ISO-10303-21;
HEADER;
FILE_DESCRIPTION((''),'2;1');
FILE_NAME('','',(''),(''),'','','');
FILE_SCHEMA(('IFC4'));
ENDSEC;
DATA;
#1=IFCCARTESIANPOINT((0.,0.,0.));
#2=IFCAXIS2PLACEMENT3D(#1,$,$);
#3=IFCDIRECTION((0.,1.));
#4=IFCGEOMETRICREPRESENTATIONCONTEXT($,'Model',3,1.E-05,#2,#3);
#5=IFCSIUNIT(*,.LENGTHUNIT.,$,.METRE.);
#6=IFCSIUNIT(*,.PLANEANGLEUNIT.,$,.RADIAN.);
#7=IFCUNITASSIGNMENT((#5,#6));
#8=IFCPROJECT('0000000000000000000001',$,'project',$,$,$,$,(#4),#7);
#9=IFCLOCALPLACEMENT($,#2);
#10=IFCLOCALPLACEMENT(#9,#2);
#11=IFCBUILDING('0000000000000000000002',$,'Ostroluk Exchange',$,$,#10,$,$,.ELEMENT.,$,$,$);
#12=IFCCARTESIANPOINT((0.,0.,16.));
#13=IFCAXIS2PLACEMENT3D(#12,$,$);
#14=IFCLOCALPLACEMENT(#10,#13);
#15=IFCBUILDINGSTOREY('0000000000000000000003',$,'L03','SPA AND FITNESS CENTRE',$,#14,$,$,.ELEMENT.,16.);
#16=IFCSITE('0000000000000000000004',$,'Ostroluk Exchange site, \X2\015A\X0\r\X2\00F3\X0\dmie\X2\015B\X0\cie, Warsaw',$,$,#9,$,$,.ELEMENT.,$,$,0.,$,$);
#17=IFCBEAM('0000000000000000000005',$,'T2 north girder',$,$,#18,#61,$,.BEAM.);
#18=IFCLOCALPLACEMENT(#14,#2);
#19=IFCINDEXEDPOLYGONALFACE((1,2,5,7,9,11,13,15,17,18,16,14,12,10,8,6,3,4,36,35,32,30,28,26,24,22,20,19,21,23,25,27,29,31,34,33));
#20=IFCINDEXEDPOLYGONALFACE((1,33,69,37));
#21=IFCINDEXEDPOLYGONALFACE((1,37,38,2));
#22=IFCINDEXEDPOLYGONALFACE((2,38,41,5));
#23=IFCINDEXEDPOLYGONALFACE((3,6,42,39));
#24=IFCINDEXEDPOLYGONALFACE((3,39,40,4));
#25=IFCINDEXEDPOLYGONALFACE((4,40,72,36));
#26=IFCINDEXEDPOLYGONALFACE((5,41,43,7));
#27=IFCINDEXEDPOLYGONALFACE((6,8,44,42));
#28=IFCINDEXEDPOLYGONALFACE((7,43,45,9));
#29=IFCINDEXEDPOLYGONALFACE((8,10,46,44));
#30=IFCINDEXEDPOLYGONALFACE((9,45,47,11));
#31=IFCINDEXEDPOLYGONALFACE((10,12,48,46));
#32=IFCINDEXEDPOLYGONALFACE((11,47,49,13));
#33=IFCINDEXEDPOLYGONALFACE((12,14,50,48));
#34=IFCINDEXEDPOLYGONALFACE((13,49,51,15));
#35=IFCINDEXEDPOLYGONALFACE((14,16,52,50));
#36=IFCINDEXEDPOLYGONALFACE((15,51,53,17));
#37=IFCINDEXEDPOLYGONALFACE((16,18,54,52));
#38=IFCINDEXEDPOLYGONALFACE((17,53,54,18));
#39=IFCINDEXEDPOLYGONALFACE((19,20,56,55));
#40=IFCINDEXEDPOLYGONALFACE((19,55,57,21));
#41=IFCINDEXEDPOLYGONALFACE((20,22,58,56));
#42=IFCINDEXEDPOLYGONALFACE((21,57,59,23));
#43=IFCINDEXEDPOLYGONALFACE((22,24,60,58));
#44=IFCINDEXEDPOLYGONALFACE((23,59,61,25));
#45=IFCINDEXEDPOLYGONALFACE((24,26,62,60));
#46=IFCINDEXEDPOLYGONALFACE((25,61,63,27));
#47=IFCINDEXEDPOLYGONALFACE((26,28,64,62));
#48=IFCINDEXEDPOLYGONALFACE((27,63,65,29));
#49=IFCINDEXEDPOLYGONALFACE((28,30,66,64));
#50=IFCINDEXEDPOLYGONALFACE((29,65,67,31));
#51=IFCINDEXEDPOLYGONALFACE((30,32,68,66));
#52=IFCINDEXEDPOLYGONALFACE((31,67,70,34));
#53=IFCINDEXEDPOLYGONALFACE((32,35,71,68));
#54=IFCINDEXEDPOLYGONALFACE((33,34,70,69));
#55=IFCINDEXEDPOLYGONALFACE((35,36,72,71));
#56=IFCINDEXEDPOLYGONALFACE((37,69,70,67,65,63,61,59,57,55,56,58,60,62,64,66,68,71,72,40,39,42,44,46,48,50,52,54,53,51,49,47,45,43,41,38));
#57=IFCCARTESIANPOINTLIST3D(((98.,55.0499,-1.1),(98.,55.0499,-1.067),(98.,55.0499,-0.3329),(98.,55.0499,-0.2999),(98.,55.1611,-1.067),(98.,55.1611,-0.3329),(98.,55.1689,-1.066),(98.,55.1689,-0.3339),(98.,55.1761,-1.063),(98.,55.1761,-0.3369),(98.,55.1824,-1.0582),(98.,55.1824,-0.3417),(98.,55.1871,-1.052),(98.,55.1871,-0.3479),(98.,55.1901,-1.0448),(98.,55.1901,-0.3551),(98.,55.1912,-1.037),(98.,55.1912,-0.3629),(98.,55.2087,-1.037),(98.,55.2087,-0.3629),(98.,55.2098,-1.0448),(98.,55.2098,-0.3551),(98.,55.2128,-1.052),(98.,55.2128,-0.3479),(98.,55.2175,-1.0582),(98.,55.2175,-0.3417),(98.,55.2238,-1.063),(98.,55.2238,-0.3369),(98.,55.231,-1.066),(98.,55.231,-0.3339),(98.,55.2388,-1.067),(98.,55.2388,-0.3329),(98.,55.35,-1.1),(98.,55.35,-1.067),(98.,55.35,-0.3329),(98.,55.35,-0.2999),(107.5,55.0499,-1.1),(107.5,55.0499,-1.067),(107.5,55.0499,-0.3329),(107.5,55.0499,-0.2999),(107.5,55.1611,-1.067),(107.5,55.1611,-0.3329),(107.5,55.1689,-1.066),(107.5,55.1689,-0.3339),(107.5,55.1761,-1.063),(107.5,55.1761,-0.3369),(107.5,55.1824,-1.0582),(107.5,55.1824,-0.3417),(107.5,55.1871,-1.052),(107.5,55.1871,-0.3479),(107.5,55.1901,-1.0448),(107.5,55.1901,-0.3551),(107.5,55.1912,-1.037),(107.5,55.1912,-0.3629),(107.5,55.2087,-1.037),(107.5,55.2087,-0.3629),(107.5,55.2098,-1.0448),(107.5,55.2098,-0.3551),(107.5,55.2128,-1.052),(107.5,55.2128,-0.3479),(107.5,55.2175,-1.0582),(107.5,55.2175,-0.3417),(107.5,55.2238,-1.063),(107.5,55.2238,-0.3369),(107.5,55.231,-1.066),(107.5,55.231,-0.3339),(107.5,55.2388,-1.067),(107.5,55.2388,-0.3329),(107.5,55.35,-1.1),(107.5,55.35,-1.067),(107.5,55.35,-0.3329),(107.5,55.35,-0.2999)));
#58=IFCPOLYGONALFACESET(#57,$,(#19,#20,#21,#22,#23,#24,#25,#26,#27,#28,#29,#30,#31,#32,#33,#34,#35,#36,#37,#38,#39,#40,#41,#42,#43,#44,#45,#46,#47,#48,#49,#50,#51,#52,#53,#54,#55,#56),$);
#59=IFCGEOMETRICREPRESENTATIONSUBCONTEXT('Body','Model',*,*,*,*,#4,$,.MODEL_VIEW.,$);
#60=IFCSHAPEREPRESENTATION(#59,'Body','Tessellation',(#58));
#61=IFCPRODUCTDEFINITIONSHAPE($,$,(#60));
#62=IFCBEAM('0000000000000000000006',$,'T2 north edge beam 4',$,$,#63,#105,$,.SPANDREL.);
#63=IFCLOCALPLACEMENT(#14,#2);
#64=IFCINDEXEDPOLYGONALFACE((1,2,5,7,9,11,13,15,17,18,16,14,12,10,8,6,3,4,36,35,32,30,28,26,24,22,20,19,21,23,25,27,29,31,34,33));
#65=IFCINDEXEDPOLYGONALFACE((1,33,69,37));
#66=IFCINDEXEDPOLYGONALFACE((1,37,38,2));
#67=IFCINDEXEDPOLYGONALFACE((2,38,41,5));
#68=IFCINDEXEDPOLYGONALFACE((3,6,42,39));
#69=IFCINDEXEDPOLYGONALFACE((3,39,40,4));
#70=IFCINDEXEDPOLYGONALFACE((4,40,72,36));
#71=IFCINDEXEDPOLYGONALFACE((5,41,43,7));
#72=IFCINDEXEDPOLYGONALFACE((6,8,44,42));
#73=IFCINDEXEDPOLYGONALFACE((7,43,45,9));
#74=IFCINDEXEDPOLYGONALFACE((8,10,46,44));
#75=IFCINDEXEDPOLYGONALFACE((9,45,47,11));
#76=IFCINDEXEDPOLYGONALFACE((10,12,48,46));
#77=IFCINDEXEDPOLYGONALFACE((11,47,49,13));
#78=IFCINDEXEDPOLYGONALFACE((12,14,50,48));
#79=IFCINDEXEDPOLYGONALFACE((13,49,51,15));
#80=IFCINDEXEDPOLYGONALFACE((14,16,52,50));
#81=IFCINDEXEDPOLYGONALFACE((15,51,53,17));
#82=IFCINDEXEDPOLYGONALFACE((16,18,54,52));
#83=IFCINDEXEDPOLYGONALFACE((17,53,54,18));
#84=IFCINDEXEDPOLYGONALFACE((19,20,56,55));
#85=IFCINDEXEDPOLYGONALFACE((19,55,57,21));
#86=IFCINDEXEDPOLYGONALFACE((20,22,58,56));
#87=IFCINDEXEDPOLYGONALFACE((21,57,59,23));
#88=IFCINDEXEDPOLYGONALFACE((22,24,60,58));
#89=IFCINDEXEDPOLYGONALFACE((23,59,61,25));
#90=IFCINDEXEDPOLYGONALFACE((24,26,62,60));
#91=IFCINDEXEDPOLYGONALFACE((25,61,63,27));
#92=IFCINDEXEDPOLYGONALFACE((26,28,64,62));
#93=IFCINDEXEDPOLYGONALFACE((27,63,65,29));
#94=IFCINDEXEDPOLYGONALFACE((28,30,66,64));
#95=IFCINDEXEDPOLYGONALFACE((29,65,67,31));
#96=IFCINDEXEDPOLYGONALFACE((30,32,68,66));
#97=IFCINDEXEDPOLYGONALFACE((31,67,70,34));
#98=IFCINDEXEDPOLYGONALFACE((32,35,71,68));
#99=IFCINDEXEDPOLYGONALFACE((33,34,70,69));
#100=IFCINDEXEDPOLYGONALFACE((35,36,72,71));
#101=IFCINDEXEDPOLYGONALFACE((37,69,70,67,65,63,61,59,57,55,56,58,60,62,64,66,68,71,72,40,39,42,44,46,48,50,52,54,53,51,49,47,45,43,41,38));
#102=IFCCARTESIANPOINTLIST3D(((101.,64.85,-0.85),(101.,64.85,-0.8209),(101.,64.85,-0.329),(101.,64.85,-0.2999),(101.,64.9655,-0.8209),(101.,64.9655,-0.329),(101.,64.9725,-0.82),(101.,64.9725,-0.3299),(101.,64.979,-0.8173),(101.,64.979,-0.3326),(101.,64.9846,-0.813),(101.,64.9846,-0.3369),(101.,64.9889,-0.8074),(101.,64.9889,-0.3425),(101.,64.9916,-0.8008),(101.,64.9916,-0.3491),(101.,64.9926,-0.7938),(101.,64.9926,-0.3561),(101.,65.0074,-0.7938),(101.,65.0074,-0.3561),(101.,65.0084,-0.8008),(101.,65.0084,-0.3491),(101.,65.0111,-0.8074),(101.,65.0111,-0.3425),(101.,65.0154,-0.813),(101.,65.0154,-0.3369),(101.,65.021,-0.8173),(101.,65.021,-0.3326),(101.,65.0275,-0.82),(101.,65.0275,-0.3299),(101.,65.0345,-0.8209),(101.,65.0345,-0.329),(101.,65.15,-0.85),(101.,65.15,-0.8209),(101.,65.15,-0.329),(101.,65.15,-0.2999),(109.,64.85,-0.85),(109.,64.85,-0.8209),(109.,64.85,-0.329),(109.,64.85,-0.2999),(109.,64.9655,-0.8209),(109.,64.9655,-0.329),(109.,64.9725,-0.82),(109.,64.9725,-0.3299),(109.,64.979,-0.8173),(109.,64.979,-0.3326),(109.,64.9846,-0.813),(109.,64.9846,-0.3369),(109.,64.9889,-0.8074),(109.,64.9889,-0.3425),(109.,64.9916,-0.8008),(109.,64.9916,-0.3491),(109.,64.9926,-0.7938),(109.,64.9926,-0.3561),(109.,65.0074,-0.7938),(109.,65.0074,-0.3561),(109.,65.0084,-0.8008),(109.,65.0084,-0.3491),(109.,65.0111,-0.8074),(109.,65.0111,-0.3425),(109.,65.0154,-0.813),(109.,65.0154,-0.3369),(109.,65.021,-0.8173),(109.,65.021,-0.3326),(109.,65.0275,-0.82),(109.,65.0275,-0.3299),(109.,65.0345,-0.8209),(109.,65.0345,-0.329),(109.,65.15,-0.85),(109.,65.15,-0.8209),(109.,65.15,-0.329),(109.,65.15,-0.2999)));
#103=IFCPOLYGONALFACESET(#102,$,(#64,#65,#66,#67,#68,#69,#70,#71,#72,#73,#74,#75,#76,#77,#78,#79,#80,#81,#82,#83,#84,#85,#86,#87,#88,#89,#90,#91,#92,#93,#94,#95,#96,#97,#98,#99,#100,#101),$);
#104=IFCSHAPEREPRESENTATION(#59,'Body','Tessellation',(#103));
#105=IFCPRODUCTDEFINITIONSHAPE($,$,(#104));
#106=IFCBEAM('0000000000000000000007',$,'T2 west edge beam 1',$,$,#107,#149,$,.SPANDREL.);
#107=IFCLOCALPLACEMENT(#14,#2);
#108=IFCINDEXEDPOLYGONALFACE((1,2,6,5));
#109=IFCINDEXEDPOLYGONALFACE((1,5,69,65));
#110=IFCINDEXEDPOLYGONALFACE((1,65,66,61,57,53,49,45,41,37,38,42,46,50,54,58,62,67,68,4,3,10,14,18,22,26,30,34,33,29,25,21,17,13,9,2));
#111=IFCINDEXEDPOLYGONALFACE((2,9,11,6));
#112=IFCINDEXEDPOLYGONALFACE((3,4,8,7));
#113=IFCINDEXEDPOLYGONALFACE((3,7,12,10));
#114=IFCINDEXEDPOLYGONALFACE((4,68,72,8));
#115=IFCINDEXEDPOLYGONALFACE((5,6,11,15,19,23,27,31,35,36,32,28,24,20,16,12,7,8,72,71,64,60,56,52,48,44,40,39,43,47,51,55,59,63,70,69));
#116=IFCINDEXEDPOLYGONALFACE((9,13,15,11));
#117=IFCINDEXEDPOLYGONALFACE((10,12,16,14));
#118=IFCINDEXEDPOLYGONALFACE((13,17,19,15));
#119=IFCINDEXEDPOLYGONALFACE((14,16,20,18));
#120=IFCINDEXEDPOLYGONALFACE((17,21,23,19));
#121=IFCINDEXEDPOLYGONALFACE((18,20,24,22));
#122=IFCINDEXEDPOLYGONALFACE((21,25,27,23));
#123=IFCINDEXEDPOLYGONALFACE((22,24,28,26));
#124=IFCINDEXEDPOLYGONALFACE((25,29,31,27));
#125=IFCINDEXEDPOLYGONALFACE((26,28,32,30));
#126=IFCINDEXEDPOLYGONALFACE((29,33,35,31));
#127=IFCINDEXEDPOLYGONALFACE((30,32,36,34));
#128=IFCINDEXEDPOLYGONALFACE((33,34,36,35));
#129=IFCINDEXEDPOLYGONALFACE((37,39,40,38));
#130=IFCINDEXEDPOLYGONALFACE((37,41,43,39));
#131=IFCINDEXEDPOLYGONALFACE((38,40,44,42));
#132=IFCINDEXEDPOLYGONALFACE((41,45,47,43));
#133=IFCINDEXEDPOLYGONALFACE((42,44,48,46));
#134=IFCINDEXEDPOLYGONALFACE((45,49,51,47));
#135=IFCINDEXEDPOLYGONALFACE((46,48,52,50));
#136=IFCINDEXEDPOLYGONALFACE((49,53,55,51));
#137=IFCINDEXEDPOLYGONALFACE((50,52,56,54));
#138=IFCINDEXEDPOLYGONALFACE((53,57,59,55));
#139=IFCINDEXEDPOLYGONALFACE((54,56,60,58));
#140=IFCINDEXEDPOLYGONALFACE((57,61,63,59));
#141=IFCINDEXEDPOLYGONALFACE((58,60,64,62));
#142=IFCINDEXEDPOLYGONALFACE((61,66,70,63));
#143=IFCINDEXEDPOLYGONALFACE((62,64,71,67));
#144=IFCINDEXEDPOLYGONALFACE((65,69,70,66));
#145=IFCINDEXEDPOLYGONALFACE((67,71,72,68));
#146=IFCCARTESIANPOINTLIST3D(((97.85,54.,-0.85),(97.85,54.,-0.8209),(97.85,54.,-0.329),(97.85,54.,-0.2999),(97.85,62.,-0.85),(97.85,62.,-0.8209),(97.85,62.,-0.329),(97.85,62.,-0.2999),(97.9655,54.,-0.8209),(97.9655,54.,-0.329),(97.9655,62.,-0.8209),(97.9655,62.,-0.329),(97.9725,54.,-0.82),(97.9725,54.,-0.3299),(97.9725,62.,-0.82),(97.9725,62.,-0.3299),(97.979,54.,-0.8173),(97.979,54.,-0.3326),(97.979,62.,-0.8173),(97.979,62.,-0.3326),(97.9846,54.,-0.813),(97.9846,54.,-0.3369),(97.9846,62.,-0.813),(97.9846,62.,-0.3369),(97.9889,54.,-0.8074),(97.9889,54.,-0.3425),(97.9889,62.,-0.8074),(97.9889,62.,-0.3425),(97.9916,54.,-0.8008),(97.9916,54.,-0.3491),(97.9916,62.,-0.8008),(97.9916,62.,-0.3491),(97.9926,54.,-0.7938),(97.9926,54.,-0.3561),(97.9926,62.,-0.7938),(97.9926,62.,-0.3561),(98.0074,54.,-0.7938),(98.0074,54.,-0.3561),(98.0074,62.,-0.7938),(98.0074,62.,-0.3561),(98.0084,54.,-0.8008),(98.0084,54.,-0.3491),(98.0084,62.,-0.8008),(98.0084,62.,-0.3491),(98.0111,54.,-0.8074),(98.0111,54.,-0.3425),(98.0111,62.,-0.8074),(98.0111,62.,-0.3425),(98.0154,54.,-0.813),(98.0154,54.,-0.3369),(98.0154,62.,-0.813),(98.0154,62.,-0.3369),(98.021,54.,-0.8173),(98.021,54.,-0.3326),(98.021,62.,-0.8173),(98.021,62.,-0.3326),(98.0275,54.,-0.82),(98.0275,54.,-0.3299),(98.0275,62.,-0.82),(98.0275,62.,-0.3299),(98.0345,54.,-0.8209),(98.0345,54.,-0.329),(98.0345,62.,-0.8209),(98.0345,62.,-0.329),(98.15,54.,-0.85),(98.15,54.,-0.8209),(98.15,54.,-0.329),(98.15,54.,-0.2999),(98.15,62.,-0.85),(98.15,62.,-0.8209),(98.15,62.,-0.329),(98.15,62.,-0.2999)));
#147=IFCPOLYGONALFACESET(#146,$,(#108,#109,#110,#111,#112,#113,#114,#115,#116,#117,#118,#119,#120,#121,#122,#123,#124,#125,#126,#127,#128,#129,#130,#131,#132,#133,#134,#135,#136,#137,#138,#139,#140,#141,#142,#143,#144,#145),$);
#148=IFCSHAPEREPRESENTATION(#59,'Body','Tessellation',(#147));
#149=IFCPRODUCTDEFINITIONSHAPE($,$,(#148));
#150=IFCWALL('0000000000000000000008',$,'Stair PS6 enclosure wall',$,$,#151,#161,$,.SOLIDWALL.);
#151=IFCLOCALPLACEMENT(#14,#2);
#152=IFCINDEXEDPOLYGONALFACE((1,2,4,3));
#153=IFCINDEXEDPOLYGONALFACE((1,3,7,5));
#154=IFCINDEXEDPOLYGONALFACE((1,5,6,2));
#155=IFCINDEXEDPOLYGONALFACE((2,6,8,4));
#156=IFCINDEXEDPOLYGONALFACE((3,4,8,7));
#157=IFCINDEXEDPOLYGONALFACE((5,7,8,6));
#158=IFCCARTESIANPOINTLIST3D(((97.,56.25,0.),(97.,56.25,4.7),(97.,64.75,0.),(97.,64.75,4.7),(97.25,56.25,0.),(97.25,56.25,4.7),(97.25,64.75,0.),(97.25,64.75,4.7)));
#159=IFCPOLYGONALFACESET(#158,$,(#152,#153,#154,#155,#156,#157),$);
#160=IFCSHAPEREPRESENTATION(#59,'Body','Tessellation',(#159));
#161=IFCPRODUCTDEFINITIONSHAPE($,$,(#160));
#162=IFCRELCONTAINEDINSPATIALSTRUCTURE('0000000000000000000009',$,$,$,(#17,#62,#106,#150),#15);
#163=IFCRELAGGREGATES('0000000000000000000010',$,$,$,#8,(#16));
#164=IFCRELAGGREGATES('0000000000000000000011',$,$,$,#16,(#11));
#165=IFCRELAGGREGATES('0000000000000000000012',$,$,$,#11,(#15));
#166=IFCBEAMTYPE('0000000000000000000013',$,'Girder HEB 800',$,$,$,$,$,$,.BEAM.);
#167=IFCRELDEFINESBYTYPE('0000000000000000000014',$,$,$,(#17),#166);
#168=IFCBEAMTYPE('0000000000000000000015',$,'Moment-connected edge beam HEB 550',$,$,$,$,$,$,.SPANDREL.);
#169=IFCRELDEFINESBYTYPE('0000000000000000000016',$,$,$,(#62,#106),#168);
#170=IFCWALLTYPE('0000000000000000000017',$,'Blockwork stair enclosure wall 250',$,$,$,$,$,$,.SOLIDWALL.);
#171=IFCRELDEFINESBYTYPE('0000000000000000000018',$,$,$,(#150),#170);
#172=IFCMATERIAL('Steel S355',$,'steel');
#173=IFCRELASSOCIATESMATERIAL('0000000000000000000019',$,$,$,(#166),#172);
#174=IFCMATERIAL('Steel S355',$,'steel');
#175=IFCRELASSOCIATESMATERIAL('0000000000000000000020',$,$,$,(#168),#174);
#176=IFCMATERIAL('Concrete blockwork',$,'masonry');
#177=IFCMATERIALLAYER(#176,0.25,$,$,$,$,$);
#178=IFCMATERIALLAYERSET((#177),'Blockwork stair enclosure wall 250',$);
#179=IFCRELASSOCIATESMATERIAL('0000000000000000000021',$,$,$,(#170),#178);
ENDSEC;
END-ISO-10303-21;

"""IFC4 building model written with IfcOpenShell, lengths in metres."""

from ifc_helpers import new_model, si_unit, direction, frame, frame_2d, origin, origin_2d, place, context, subcontext, project, spatial, rectangle, i_section, extrude, material, layer, layer_set, material_profile, profile_set, type_object, element, save


model = new_model("IFC4")

# Units and contexts
model_context = context("Model", 3, precision=1e-05, world=origin(), true_north=direction((0.0, 1.0)))
body_context = subcontext(model_context, "Body", "Model", "MODEL_VIEW")
ifc_project = project(units=[si_unit("LENGTHUNIT", "METRE"), si_unit("PLANEANGLEUNIT", "RADIAN")], contexts=[model_context])

# Site, building, storey
site_placement = place(None, origin())
site = spatial("IfcSite", under=ifc_project, at=site_placement, Name="Ostroluk Exchange site, Śródmieście, Warsaw", CompositionType="ELEMENT", RefElevation=0.0)
building_placement = place(site_placement, origin())
building = spatial("IfcBuilding", under=site, at=building_placement, Name="Ostroluk Exchange", CompositionType="ELEMENT")
storey_placement = place(building_placement, frame((0.0, 0.0, 16.0)))
storey = spatial("IfcBuildingStorey", under=building, at=storey_placement, Name="L03", Description="SPA AND FITNESS CENTRE", CompositionType="ELEMENT", Elevation=16.0)

# Beams
ifc_material_1 = material(Name="Steel S355", Category="steel")
ifc_material_profile_1 = material_profile(ifc_material_1, i_section(OverallWidth=0.3, OverallDepth=0.8, WebThickness=0.0176, FlangeThickness=0.033, FilletRadius=0.03, at=origin_2d()), Name="HEB 800")
ifc_profile_set_1 = profile_set([ifc_material_profile_1], Name="Steel S355")
beam_type_1 = type_object("IfcBeamType", Name="Girder HEB 800", PredefinedType="BEAM", material=ifc_profile_set_1)
beam_placement = place(storey_placement, frame((107.5, 55.2, -0.7), z_axis=(-1.0, 0.0, 0.0), x_axis=(0.0, -1.0, 0.0)))
element("IfcBeam", 1, at=beam_placement, inside=storey, type_object=beam_type_1, Name="T2 north girder", PredefinedType="BEAM", context=body_context, shape_type="SweptSolid", body=[
    extrude(i_section(OverallWidth=0.3, OverallDepth=0.8, WebThickness=0.0176, FlangeThickness=0.033, FilletRadius=0.03, at=origin_2d()), origin(), (0.0, 0.0, 1.0), 9.5),
])
ifc_material_2 = material(Name="Steel S355", Category="steel")
ifc_material_profile_2 = material_profile(ifc_material_2, i_section(OverallWidth=0.3, OverallDepth=0.55, WebThickness=0.0149, FlangeThickness=0.0291, FilletRadius=0.0271, at=origin_2d()), Name="HEB 550")
ifc_profile_set_2 = profile_set([ifc_material_profile_2], Name="Steel S355")
beam_type_2 = type_object("IfcBeamType", Name="Moment-connected edge beam HEB 550", PredefinedType="SPANDREL", material=ifc_profile_set_2)
for number, where, z_axis, x_axis, name in (
    (2, (109.0, 65.0, -0.575), (-1.0, 0.0, 0.0), (0.0, -1.0, 0.0), "T2 north edge beam 4"),
    (3, (98.0, 62.0, -0.575), (0.0, -1.0, 0.0), (1.0, 0.0, 0.0), "T2 west edge beam 1"),
):
    element("IfcBeam", number, at=place(storey_placement, frame(where, z_axis=z_axis, x_axis=x_axis)), inside=storey, type_object=beam_type_2, Name=name, PredefinedType="SPANDREL", context=body_context, shape_type="SweptSolid", body=[
        extrude(i_section(OverallWidth=0.3, OverallDepth=0.55, WebThickness=0.0149, FlangeThickness=0.0291, FilletRadius=0.0271, at=origin_2d()), origin(), (0.0, 0.0, 1.0), 8.0),
    ])

# Wall
ifc_material_3 = material(Name="Concrete blockwork", Category="masonry")
ifc_layer_1 = layer(ifc_material_3, 0.25)
ifc_layer_set_1 = layer_set([ifc_layer_1], Name="Blockwork stair enclosure wall 250")
wall_type_1 = type_object("IfcWallType", Name="Blockwork stair enclosure wall 250", PredefinedType="SOLIDWALL", material=ifc_layer_set_1)
wall_1_placement = place(storey_placement, frame((97.125, 56.25, 0.0), z_axis=(0.0, 0.0, 1.0), x_axis=(0.0, 1.0, 0.0)))
element("IfcWall", 4, at=wall_1_placement, inside=storey, type_object=wall_type_1, Name="Stair PS6 enclosure wall", PredefinedType="SOLIDWALL", context=body_context, shape_type="SweptSolid", body=[
    extrude(rectangle(XDim=8.5, YDim=0.25, at=frame_2d((4.25, 0.0))), origin(), (0.0, 0.0, 1.0), 4.7),
])

save(model, "model.ifc")
